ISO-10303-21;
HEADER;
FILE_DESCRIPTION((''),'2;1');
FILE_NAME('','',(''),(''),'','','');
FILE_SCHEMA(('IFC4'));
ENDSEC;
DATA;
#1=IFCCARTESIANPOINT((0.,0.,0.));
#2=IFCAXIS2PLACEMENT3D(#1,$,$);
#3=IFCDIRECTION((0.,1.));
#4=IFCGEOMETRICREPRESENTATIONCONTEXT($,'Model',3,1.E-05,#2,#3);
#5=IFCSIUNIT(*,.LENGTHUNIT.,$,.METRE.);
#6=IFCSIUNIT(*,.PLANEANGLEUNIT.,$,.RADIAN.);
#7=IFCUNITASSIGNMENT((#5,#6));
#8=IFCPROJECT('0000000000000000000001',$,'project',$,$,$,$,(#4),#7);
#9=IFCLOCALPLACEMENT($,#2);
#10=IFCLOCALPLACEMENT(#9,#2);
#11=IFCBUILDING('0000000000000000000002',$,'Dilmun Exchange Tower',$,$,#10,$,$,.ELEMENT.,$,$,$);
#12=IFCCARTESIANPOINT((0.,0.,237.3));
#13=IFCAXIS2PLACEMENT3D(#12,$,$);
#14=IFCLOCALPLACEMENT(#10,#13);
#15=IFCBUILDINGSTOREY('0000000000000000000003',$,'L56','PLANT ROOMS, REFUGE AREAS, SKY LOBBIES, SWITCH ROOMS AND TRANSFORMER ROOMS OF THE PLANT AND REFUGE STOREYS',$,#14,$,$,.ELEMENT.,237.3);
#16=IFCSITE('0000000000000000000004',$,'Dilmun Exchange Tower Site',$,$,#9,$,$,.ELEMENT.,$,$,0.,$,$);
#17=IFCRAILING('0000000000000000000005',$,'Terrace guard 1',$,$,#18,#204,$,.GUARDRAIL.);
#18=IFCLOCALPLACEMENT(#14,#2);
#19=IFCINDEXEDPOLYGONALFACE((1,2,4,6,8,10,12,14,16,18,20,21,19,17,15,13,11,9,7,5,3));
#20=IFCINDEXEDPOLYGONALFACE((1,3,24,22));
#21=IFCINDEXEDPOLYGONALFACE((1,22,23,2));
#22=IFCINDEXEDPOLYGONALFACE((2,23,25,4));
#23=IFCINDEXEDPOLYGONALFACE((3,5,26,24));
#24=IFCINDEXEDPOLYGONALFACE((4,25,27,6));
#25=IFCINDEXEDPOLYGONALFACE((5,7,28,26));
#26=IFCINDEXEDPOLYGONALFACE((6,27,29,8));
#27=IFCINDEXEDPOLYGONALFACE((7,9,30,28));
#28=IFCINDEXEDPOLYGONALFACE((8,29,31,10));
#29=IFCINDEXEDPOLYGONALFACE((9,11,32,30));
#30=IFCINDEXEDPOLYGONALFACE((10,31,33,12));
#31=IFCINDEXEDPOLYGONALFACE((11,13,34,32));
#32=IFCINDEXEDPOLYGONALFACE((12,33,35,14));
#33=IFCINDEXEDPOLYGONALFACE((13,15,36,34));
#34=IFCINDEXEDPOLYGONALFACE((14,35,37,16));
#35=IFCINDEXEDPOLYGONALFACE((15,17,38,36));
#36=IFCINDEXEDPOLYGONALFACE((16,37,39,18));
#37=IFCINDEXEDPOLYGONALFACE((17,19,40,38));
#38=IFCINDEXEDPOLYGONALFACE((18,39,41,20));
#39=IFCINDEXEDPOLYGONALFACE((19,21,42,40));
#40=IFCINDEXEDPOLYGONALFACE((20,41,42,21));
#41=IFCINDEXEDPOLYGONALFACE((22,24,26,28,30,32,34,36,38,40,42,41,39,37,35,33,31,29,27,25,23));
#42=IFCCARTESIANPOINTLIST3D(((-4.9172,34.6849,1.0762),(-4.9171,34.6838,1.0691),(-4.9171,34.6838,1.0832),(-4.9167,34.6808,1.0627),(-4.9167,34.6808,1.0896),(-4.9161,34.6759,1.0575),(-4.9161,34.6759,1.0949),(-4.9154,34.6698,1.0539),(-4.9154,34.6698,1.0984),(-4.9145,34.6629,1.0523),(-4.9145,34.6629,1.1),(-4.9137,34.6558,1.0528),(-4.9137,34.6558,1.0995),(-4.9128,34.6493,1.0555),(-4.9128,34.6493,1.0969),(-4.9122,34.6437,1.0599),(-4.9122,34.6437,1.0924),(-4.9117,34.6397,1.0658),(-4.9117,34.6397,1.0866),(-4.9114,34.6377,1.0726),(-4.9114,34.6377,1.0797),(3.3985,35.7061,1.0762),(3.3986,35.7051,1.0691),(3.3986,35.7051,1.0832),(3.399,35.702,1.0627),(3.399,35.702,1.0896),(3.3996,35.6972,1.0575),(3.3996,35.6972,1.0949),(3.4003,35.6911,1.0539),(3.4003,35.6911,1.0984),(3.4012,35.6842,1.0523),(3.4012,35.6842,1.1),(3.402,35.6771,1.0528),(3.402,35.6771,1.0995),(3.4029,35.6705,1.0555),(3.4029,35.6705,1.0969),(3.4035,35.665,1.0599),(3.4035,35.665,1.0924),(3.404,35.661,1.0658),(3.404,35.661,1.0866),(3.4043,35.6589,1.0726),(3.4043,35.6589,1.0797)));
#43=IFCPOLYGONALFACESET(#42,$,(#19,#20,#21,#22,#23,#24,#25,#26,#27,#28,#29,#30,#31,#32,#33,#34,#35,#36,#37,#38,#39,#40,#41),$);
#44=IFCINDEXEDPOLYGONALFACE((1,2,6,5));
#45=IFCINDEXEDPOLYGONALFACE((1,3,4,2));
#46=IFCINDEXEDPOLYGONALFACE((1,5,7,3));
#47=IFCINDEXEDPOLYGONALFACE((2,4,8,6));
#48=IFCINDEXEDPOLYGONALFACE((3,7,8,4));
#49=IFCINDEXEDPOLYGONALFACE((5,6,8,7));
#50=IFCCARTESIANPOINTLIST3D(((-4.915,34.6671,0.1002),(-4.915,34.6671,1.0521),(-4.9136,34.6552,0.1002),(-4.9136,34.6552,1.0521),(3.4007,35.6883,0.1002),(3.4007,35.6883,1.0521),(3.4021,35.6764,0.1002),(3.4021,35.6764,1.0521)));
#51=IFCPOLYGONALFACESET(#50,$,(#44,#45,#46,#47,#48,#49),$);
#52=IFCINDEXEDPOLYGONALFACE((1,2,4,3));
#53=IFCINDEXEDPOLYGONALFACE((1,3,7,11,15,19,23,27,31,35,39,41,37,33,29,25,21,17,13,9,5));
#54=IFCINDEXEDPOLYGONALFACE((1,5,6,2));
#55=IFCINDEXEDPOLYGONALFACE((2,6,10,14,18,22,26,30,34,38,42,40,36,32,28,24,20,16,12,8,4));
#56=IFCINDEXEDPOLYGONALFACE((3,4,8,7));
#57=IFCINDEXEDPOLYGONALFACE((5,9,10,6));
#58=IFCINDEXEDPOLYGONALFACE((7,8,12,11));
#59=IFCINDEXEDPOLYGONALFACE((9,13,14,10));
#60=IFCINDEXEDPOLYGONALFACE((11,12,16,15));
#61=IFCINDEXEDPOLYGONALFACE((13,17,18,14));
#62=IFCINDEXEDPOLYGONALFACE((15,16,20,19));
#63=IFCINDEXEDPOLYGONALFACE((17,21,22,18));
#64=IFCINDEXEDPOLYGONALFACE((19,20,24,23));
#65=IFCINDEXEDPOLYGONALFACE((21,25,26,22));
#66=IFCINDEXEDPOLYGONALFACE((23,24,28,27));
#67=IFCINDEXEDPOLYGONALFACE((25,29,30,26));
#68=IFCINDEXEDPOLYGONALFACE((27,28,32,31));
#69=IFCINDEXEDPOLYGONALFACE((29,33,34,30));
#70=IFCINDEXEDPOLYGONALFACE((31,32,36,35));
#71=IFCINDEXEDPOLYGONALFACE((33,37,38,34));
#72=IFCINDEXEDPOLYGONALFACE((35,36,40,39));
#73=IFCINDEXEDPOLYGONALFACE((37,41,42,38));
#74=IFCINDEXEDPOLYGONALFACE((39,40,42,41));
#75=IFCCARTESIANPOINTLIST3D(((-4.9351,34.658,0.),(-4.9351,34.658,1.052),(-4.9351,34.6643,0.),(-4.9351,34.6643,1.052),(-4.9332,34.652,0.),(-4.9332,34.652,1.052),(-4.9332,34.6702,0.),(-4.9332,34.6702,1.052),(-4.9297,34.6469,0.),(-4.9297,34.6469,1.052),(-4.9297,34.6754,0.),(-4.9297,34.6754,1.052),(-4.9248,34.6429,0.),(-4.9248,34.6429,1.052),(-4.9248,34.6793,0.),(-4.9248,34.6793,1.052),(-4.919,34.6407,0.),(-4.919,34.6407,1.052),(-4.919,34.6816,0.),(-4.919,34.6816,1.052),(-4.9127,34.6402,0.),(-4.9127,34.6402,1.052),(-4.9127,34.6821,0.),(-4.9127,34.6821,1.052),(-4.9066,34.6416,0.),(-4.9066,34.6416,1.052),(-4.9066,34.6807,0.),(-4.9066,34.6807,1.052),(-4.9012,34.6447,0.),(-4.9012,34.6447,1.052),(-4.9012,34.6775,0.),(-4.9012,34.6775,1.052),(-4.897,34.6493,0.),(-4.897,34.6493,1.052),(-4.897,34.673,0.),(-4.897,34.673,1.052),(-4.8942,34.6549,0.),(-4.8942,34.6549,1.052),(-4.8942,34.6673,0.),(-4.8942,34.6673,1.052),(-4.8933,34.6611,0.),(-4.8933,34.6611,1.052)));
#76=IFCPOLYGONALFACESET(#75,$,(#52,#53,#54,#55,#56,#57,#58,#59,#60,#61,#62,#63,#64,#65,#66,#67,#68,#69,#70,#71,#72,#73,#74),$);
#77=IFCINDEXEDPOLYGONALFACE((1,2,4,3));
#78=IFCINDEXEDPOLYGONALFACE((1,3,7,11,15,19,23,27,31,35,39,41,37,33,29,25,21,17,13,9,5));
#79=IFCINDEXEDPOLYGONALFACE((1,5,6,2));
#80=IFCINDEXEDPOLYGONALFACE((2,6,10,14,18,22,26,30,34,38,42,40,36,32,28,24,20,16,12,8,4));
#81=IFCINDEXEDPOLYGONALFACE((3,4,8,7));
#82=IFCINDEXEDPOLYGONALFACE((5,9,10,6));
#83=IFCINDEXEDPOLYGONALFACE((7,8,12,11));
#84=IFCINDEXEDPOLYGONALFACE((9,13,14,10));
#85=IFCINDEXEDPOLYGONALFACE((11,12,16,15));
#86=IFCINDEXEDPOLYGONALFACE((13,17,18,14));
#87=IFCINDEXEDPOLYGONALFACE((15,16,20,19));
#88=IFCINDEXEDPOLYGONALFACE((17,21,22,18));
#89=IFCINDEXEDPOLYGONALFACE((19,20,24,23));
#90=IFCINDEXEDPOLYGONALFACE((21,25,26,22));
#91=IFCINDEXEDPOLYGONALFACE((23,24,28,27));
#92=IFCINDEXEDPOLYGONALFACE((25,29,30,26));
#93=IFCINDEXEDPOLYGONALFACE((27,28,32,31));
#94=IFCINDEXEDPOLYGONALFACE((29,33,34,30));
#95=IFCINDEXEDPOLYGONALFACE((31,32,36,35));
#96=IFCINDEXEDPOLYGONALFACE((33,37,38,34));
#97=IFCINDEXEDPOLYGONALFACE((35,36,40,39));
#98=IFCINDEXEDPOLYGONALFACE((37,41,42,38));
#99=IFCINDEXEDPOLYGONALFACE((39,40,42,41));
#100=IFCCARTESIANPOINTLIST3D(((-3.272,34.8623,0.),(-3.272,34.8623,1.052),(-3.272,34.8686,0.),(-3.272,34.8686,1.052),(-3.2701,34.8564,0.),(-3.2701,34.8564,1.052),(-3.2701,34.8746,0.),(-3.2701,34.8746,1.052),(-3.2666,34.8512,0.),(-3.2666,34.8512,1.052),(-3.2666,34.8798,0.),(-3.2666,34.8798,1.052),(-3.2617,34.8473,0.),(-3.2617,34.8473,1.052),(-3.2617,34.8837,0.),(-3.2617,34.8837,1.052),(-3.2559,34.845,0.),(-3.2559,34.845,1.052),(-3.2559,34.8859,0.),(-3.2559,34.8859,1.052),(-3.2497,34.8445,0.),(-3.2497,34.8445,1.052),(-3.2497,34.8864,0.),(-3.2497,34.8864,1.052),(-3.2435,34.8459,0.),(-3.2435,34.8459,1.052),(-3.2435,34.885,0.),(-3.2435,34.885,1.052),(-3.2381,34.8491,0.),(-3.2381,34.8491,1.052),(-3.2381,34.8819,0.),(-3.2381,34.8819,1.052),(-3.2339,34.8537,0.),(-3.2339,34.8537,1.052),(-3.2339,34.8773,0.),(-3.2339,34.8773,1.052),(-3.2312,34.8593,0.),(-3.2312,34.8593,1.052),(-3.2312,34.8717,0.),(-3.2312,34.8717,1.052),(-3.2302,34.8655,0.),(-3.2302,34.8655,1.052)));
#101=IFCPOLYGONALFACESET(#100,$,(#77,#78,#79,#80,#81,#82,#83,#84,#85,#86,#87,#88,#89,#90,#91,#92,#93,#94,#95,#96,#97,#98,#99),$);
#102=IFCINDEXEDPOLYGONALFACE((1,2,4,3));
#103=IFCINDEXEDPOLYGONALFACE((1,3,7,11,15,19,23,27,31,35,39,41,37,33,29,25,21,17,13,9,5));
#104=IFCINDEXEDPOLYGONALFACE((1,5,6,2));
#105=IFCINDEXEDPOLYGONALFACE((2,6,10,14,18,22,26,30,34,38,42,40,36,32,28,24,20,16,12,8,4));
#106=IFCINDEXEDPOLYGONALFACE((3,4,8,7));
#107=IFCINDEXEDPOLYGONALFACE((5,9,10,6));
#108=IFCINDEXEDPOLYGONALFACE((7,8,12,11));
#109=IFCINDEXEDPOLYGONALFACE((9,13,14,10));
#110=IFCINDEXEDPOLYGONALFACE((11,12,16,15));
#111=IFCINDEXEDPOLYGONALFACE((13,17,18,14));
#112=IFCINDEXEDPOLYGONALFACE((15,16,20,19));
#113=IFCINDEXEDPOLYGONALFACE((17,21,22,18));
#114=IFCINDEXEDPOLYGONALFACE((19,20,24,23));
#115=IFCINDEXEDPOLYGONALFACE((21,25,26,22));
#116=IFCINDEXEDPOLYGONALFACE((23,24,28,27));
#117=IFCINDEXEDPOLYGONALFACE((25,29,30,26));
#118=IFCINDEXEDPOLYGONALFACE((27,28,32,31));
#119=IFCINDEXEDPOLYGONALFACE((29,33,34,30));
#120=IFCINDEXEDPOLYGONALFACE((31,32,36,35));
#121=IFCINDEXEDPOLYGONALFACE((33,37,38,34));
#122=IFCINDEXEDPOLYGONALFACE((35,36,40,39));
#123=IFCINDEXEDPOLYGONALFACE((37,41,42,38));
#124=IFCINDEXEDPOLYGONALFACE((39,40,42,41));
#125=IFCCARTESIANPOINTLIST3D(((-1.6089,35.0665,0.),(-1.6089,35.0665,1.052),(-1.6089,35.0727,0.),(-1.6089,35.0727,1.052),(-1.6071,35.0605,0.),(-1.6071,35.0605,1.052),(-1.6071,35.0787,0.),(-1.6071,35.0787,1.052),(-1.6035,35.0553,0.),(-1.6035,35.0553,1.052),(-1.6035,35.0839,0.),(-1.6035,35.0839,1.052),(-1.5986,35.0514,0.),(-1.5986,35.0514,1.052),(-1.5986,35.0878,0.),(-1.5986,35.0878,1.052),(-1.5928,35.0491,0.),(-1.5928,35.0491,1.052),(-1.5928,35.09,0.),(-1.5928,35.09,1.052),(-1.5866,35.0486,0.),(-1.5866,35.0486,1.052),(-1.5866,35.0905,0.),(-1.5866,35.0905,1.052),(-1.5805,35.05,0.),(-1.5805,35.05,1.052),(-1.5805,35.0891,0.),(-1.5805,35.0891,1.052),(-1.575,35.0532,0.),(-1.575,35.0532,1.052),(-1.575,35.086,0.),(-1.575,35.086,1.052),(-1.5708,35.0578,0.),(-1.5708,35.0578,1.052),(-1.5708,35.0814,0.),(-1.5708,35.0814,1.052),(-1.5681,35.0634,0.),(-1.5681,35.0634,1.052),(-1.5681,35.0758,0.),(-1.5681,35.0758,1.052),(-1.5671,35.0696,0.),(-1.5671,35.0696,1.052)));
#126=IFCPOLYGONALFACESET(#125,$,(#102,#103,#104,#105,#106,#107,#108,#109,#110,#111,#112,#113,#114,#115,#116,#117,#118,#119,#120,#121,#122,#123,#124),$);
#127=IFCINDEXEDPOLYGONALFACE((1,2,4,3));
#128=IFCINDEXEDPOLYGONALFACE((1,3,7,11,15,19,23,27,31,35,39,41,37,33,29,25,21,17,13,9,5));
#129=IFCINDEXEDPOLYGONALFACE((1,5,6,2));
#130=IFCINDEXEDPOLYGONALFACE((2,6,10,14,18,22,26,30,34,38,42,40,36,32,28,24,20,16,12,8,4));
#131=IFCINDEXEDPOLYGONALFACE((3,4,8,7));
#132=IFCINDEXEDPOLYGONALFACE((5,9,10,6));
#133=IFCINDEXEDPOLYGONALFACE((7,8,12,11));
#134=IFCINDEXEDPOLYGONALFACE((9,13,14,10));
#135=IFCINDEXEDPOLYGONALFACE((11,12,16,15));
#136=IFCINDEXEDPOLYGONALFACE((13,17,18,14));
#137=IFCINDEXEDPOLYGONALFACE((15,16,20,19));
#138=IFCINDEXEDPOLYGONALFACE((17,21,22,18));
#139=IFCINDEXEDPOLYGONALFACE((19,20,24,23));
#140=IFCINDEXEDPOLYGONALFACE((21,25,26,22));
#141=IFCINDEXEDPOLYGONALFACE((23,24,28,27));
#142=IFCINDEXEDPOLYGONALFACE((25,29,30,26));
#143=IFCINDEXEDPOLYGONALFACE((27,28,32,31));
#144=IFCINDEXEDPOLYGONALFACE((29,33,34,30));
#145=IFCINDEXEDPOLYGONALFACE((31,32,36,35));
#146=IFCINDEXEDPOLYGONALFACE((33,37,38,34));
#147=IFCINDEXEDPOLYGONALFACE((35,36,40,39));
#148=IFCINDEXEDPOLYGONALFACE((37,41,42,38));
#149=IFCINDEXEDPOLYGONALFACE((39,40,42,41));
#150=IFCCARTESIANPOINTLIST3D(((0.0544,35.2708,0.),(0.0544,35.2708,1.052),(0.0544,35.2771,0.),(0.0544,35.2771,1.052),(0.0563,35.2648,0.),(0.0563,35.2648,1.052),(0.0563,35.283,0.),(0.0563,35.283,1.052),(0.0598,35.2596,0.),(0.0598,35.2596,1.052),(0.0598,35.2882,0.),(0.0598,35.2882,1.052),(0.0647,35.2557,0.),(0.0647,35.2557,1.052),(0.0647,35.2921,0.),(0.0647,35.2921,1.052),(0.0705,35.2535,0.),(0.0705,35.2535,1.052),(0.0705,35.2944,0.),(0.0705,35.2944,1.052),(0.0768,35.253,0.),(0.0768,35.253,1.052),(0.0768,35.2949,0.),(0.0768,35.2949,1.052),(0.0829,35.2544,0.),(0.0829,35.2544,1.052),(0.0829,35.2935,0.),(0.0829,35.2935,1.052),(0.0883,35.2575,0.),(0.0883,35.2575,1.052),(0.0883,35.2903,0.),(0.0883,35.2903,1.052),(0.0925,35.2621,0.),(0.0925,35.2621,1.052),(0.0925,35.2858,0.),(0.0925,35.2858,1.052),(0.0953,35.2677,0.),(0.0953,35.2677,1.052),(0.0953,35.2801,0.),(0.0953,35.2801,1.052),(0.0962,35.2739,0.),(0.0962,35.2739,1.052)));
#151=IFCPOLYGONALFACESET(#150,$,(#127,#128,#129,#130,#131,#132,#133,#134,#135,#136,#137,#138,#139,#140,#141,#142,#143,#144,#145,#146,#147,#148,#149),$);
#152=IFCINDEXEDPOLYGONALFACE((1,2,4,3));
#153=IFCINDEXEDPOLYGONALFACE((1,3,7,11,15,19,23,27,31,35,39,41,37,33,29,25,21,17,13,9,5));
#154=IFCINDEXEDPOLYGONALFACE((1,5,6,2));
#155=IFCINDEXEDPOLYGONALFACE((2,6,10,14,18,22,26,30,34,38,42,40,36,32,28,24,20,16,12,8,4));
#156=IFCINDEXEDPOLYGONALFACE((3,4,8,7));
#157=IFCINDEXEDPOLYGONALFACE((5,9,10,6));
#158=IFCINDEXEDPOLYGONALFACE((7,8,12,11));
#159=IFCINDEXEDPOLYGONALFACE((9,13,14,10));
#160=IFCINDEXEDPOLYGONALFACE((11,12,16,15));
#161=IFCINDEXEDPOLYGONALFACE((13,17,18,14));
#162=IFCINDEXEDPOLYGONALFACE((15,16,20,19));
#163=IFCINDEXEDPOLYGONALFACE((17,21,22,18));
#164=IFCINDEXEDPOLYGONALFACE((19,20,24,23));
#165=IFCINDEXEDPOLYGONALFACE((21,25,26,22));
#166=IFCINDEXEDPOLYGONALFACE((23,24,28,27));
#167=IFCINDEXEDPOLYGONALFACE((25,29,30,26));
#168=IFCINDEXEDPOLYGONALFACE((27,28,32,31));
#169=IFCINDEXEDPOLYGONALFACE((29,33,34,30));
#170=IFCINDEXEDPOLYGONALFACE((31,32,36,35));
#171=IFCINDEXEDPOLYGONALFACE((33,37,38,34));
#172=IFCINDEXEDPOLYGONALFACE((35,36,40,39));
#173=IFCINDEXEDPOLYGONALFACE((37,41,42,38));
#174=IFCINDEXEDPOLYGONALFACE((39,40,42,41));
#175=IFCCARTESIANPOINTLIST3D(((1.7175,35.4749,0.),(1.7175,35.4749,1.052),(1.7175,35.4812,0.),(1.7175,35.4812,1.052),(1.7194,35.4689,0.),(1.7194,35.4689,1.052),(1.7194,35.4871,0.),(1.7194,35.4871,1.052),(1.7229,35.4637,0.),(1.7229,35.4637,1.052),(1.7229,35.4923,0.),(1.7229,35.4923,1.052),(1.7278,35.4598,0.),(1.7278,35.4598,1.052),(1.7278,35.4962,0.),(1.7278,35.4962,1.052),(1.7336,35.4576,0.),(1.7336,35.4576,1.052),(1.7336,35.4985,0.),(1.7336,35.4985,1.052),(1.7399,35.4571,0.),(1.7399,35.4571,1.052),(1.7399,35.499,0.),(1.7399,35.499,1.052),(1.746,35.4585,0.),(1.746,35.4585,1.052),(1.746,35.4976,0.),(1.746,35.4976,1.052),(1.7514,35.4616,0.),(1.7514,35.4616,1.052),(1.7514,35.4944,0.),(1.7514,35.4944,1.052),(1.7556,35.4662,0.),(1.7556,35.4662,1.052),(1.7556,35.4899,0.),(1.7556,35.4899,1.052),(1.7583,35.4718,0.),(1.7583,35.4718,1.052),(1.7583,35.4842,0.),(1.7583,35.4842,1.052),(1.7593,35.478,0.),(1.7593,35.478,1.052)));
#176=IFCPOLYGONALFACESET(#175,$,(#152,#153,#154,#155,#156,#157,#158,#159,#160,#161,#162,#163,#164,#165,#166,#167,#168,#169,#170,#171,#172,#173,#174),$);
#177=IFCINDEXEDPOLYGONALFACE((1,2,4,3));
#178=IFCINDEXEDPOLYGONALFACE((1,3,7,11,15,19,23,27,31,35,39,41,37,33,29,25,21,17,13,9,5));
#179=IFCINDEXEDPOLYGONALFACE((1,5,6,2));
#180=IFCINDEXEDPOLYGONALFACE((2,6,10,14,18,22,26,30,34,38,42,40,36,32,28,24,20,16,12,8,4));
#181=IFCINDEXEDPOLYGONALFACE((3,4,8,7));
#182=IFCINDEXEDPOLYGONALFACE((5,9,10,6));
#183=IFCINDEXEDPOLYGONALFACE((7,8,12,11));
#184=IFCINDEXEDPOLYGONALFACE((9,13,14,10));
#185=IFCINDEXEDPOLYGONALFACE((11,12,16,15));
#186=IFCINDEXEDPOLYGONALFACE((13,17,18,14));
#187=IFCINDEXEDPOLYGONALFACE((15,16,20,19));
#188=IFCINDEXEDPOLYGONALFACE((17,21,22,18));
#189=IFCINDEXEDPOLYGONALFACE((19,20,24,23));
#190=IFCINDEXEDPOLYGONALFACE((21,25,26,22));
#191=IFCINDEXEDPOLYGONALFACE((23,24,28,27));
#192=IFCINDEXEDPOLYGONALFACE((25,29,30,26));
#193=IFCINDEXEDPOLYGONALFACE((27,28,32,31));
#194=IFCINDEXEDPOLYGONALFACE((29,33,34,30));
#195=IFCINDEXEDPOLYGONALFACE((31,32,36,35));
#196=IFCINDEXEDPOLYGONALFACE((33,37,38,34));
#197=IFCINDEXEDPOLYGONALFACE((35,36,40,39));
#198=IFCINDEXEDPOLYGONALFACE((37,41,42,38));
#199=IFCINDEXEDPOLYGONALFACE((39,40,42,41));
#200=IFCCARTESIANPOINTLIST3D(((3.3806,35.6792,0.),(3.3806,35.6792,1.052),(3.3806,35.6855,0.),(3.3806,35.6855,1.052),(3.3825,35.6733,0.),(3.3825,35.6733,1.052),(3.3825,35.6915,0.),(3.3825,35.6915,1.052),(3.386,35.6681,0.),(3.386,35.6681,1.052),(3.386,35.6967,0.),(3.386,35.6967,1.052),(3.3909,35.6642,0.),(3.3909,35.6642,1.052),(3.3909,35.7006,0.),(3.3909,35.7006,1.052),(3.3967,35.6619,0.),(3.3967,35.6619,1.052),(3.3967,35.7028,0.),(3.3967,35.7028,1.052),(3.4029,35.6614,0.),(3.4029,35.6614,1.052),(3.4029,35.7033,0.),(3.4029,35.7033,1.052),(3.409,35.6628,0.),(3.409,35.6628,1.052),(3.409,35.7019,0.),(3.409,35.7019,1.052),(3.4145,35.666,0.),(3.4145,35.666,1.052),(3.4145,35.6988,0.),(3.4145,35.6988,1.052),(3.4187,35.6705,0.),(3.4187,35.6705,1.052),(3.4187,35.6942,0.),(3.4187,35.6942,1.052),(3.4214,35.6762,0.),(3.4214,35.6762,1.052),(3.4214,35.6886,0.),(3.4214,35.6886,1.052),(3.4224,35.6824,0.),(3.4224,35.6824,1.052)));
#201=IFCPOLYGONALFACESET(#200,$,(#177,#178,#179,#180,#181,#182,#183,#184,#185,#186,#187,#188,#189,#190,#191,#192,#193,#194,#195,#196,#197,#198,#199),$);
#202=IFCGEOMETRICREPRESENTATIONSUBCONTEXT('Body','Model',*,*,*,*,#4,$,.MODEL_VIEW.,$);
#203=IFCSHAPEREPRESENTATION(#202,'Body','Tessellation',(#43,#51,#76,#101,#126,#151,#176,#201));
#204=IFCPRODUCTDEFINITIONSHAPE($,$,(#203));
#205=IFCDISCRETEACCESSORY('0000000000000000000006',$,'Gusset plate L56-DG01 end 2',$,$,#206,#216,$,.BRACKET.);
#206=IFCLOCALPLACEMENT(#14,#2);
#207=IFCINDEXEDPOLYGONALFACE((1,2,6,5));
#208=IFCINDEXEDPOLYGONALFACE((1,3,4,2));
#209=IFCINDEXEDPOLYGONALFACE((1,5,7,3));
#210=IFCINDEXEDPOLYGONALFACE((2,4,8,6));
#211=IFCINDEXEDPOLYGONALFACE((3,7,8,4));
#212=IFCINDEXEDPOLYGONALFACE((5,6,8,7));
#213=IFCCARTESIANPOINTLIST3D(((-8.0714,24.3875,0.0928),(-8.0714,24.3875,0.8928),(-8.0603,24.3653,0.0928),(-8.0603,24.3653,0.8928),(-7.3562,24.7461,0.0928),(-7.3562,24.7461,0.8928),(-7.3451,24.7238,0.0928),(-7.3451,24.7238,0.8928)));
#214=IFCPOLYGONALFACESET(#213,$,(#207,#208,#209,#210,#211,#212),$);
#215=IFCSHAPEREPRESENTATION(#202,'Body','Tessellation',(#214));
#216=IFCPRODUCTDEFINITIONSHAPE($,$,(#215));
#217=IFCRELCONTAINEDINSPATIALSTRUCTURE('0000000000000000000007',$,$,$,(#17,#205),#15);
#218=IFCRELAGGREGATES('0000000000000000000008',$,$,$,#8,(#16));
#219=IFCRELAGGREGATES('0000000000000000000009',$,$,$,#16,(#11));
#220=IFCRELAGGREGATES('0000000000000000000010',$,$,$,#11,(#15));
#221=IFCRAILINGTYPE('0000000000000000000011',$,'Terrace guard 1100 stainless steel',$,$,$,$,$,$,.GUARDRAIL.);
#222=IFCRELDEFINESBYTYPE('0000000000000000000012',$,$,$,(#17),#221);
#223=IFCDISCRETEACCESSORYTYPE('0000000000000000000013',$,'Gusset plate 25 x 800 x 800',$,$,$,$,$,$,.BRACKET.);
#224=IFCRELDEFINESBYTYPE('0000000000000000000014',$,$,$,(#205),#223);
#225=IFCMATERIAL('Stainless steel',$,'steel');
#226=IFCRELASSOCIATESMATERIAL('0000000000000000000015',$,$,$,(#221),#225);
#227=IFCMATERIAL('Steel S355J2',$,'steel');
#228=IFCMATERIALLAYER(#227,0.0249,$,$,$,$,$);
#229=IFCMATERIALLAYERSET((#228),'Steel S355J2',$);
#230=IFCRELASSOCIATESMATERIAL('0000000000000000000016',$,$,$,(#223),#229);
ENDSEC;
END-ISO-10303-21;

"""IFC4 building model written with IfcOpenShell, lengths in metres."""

from ifc_helpers import new_model, si_unit, direction, frame, origin, origin_2d, place, context, subcontext, project, spatial, rectangle, circle, extrude, material, layer, layer_set, type_object, element, save


model = new_model("IFC4")

# Units and contexts
model_context = context("Model", 3, precision=1e-05, world=origin(), true_north=direction((0.0, 1.0)))
body_context = subcontext(model_context, "Body", "Model", "MODEL_VIEW")
ifc_project = project(units=[si_unit("LENGTHUNIT", "METRE"), si_unit("PLANEANGLEUNIT", "RADIAN")], contexts=[model_context])

# Site, building, storey
site_placement = place(None, origin())
site = spatial("IfcSite", under=ifc_project, at=site_placement, Name="Dilmun Exchange Tower Site", CompositionType="ELEMENT", RefElevation=0.0)
building_placement = place(site_placement, origin())
building = spatial("IfcBuilding", under=site, at=building_placement, Name="Dilmun Exchange Tower", CompositionType="ELEMENT")
storey_placement = place(building_placement, frame((0.0, 0.0, 237.3)))
storey = spatial("IfcBuildingStorey", under=building, at=storey_placement, Name="L56", Description="PLANT ROOMS, REFUGE AREAS, SKY LOBBIES, SWITCH ROOMS AND TRANSFORMER ROOMS OF THE PLANT AND REFUGE STOREYS", CompositionType="ELEMENT", Elevation=237.3)

# Railing
ifc_material_1 = material(Name="Stainless steel", Category="steel")
railing_type = type_object("IfcRailingType", Name="Terrace guard 1100 stainless steel", PredefinedType="GUARDRAIL", material=ifc_material_1)
railing_placement = place(storey_placement, frame((-4.9143, 34.6611, 0.0)))
element("IfcRailing", 1, at=railing_placement, inside=storey, type_object=railing_type, Name="Terrace guard 1", PredefinedType="GUARDRAIL", context=body_context, shape_type="SweptSolid", body=[
    extrude(circle(Radius=0.0239, at=origin_2d()), frame((0.0, 0.0, 1.0762), z_axis=(0.992543, 0.121893, 0.0), x_axis=(-0.121893, 0.992543, 0.0)), (0.0, 0.0, 1.0), 8.3782),
    extrude(rectangle(XDim=0.012, YDim=0.9519, at=origin_2d()), frame((0.0, 0.0, 0.5762), z_axis=(0.992543, 0.121893, 0.0), x_axis=(-0.121893, 0.992543, 0.0)), (0.0, 0.0, 1.0), 8.3782),
    extrude(circle(Radius=0.021, at=origin_2d()), origin(), (0.0, 0.0, 1.0), 1.052),
    extrude(circle(Radius=0.021, at=origin_2d()), frame((1.6631, 0.2043, 0.0)), (0.0, 0.0, 1.0), 1.052),
    extrude(circle(Radius=0.021, at=origin_2d()), frame((3.3262, 0.4084, 0.0)), (0.0, 0.0, 1.0), 1.052),
    extrude(circle(Radius=0.021, at=origin_2d()), frame((4.9895, 0.6128, 0.0)), (0.0, 0.0, 1.0), 1.052),
    extrude(circle(Radius=0.021, at=origin_2d()), frame((6.6526, 0.8169, 0.0)), (0.0, 0.0, 1.0), 1.052),
    extrude(circle(Radius=0.021, at=origin_2d()), frame((8.3157, 1.0212, 0.0)), (0.0, 0.0, 1.0), 1.052),
])

# Discrete accessory
ifc_material_2 = material(Name="Steel S355J2", Category="steel")
ifc_layer_1 = layer(ifc_material_2, 0.0249)
ifc_layer_set_1 = layer_set([ifc_layer_1], Name="Steel S355J2")
discrete_accessory_type = type_object("IfcDiscreteAccessoryType", Name="Gusset plate 25 x 800 x 800", PredefinedType="BRACKET", material=ifc_layer_set_1)
for number, where, z_axis, x_axis, name in (
    (2, (-7.7083, 24.5557, 0.0928), (0.0, 0.0, 1.0), (-0.893971, -0.448126, 0.0), "Gusset plate L56-DG01 end 2"),
):
    element("IfcDiscreteAccessory", number, at=place(storey_placement, frame(where, z_axis=z_axis, x_axis=x_axis)), inside=storey, type_object=discrete_accessory_type, Name=name, PredefinedType="BRACKET", context=body_context, shape_type="SweptSolid", body=[
        extrude(rectangle(XDim=0.8, YDim=0.0249, at=origin_2d()), origin(), (0.0, 0.0, 1.0), 0.8),
    ])

save(model, "model.ifc")
